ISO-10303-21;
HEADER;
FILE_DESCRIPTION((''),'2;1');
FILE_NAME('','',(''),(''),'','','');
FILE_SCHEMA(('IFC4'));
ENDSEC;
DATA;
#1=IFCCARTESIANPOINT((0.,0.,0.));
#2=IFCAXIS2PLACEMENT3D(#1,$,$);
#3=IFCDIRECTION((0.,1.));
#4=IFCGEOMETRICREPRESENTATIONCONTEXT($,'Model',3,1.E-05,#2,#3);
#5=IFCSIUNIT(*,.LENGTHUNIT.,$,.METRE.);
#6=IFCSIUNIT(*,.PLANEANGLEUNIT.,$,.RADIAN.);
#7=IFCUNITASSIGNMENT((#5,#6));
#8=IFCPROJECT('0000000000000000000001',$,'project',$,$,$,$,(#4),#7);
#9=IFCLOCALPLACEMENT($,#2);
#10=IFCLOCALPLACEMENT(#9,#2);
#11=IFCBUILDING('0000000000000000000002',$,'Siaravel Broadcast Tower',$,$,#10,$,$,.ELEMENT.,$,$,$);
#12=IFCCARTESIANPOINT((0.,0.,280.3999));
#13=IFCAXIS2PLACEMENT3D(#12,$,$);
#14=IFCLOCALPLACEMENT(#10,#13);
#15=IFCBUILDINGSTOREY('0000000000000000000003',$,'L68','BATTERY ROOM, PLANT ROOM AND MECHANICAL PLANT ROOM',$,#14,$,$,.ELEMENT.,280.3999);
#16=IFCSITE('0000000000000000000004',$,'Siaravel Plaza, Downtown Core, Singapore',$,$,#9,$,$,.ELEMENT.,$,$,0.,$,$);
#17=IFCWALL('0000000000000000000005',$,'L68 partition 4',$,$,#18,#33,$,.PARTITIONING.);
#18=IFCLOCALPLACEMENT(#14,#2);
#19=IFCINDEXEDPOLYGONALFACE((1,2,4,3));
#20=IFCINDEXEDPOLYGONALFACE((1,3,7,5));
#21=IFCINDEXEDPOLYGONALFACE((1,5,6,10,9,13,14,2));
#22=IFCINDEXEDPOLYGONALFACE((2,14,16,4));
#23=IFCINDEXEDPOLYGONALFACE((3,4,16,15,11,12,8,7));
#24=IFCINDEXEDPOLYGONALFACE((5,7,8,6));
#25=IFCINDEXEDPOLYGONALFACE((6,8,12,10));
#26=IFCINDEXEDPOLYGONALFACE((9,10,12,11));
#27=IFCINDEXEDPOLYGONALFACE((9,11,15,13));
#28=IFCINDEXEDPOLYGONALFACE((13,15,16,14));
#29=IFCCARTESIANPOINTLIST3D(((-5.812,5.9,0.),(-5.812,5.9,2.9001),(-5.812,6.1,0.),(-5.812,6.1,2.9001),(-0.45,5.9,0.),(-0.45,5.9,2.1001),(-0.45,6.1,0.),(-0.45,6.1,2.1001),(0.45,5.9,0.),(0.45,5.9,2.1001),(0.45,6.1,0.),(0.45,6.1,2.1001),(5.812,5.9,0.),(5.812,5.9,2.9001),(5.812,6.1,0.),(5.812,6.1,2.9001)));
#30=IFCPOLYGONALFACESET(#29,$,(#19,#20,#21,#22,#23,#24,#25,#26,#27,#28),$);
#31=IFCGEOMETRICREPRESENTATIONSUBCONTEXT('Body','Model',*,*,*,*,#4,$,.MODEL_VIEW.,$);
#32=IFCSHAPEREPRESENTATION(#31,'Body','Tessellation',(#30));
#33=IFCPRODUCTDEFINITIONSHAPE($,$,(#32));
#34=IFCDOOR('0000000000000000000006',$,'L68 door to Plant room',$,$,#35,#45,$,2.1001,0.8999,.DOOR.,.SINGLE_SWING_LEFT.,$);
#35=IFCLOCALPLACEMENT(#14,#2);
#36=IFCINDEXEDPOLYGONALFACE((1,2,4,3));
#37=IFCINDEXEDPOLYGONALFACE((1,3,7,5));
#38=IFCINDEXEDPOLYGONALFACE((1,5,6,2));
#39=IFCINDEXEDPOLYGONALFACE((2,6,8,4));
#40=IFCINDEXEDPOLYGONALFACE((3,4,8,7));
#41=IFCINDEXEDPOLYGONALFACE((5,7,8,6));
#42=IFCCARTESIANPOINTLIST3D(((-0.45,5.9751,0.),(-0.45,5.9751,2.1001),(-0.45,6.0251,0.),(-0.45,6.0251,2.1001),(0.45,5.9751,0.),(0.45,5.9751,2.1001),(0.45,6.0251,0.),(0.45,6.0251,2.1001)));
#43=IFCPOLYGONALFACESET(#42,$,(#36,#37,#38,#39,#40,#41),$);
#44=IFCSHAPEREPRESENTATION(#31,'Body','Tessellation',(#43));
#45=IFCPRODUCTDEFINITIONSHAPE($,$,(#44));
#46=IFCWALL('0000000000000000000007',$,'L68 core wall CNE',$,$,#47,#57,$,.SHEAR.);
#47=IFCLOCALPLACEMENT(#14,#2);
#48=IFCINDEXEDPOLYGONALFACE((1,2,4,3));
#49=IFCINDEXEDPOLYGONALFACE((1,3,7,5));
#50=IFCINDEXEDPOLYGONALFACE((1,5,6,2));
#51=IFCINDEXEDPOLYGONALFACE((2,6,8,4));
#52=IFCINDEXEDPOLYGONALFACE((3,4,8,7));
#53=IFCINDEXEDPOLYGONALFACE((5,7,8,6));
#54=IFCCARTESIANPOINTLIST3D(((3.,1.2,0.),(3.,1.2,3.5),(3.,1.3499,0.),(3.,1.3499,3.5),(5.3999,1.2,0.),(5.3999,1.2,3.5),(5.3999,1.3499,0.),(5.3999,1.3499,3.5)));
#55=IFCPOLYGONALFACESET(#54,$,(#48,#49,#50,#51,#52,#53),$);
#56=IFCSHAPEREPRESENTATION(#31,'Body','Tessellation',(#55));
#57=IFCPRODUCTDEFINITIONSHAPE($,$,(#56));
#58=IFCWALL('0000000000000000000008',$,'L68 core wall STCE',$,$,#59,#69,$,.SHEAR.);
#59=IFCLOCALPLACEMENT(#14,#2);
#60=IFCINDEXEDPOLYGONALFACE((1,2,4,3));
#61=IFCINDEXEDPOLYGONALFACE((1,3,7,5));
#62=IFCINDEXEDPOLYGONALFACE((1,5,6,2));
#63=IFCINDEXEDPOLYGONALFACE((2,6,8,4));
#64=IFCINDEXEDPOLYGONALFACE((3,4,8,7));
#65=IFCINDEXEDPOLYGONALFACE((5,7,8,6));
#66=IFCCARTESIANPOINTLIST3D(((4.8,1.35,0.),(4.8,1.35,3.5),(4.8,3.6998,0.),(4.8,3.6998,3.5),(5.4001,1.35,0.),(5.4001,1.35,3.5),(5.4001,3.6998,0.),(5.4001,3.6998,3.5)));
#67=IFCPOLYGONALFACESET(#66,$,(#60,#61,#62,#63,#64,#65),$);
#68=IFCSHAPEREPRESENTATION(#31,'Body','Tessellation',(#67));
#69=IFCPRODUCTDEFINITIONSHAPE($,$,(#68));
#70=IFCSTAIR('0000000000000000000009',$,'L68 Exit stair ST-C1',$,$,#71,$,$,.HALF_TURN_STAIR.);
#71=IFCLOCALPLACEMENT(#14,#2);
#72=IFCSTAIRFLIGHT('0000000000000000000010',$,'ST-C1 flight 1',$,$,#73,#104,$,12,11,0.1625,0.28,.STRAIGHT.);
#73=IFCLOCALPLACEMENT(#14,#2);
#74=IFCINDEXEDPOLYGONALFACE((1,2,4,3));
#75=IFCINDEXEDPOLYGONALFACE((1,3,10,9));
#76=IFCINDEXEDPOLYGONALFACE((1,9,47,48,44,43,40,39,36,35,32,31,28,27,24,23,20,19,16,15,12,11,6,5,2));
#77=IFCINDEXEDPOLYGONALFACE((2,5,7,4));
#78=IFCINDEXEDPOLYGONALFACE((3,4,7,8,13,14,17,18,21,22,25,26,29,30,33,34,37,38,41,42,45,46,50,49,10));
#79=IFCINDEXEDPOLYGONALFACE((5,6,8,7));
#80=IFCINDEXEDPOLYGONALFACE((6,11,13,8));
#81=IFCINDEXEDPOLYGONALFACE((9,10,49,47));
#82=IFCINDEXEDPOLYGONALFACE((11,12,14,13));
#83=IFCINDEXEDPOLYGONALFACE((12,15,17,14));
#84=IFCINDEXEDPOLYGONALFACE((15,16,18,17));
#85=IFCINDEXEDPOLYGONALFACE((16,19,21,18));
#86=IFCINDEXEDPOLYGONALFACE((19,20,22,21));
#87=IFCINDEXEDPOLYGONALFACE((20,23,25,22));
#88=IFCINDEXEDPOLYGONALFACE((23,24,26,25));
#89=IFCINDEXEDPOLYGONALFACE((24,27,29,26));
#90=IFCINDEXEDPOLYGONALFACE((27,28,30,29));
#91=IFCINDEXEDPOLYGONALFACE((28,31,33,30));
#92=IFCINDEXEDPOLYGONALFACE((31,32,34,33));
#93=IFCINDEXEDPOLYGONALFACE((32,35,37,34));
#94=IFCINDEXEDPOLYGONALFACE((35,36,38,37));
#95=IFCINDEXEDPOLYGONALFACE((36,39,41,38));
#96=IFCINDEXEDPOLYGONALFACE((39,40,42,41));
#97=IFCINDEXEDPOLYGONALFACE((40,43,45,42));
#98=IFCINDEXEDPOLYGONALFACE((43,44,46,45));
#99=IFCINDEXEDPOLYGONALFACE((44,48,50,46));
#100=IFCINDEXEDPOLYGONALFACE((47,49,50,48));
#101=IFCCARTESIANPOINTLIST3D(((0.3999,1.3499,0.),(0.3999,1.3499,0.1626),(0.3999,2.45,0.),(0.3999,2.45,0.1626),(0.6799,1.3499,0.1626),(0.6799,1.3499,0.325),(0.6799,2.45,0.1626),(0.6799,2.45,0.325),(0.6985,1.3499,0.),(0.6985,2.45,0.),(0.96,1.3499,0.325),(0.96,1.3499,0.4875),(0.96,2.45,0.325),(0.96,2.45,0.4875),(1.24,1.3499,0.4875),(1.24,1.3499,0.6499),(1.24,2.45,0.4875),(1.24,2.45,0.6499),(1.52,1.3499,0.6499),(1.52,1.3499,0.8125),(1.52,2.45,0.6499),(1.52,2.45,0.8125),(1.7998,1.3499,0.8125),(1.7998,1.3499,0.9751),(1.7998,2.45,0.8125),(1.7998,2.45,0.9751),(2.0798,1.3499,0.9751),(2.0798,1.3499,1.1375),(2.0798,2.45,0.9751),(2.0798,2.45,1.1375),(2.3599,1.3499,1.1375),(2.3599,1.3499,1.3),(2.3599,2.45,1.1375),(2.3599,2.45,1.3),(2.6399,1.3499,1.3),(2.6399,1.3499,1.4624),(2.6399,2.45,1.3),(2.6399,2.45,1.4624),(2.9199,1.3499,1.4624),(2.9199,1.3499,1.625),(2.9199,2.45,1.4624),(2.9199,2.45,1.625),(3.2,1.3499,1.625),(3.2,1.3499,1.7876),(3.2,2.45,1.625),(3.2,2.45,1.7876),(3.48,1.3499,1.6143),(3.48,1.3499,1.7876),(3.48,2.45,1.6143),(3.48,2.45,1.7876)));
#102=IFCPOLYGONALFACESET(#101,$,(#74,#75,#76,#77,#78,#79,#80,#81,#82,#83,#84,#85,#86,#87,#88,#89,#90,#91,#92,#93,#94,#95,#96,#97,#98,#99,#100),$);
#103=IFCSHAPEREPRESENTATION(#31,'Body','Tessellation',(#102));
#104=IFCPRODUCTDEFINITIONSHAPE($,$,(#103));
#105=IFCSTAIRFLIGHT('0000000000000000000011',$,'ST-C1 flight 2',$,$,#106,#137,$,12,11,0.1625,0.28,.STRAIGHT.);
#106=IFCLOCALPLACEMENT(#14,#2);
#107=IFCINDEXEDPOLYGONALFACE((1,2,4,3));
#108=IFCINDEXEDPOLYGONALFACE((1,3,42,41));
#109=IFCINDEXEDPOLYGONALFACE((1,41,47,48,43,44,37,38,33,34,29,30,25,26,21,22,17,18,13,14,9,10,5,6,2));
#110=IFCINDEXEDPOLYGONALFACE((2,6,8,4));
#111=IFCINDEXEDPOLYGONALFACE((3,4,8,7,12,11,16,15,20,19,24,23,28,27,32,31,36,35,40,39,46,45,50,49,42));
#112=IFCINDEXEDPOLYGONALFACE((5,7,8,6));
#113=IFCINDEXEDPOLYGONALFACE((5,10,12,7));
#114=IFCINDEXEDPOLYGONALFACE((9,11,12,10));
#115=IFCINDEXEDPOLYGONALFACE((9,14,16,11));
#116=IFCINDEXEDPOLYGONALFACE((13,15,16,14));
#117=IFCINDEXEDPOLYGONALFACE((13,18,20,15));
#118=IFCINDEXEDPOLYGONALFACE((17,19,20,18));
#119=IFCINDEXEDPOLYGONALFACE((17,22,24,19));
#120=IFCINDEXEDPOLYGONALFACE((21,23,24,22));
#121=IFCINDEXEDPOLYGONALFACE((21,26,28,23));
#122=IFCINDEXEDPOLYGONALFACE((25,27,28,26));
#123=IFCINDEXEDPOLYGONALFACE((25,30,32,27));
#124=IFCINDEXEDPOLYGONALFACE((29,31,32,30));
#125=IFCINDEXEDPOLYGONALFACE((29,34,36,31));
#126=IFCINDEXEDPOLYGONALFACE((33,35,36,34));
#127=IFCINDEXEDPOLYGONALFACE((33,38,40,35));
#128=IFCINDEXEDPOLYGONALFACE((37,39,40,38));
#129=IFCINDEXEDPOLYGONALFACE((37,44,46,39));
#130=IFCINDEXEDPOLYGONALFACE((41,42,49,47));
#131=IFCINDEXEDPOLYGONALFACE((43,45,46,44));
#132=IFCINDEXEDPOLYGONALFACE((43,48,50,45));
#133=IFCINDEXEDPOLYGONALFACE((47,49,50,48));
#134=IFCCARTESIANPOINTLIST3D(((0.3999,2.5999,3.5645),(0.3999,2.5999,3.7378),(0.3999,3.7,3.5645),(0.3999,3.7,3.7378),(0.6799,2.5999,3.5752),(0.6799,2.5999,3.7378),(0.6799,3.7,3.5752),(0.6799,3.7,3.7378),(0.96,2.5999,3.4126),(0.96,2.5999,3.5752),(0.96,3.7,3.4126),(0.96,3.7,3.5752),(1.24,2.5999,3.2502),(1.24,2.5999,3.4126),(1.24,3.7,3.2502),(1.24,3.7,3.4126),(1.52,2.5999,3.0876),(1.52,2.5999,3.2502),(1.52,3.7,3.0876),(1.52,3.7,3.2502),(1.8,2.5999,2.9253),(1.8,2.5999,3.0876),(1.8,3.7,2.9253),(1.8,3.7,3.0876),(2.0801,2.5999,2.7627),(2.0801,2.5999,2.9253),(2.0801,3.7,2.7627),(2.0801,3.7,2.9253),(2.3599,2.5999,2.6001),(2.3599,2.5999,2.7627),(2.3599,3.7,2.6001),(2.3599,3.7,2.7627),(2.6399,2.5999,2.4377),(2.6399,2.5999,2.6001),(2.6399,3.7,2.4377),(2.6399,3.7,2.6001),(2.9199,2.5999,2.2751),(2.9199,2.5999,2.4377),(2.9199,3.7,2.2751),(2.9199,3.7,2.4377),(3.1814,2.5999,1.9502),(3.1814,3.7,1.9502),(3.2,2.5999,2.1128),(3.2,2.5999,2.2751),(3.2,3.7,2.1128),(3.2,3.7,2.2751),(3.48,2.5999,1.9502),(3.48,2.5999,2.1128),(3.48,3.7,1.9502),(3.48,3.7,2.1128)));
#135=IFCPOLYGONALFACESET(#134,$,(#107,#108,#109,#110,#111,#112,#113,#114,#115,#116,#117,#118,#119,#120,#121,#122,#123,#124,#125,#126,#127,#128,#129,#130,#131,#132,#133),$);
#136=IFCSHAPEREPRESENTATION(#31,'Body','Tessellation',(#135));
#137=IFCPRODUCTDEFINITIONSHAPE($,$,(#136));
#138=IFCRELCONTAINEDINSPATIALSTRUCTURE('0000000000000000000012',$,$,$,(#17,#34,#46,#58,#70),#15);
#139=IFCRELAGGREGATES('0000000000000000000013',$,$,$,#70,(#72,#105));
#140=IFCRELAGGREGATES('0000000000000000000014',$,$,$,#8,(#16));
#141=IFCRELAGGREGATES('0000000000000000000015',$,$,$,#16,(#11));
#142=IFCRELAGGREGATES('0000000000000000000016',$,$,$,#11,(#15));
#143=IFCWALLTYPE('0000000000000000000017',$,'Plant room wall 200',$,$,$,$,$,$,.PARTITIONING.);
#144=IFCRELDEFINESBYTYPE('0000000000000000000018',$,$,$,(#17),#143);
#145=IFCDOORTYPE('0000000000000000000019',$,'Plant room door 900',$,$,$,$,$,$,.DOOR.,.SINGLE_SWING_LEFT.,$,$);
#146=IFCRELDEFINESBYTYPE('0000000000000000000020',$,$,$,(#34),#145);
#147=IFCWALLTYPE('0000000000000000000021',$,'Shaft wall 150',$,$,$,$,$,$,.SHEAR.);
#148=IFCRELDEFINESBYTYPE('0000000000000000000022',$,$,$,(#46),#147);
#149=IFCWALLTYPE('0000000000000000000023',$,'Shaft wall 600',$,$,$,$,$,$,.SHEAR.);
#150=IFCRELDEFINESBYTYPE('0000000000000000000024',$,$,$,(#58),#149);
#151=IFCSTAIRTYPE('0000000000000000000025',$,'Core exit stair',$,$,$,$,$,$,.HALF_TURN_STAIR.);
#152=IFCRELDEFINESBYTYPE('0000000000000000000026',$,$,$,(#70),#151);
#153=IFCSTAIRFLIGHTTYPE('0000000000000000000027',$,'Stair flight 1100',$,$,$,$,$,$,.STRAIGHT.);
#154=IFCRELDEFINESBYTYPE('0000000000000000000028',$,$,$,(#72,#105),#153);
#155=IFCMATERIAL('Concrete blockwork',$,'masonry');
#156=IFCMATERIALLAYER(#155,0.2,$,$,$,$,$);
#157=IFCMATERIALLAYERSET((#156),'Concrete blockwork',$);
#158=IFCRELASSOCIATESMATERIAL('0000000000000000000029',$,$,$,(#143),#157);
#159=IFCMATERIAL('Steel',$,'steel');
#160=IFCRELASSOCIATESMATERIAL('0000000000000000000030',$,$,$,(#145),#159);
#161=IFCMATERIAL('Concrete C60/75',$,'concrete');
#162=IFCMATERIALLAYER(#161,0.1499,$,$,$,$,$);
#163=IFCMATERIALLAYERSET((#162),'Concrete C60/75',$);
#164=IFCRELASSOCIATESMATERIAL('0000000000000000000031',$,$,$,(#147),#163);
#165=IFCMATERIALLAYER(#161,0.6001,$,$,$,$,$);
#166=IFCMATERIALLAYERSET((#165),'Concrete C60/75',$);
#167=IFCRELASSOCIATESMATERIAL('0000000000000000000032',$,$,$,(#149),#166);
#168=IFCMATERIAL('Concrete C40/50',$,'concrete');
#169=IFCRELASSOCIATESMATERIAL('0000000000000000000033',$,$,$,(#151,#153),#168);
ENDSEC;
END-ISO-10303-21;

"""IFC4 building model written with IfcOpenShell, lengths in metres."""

from ifc_helpers import new_model, si_unit, direction, frame, frame_2d, origin, place, context, subcontext, project, spatial, polyline, rectangle, outline, extrude, material, layer, layer_set, type_object, element, fill, aggregate, save


model = new_model("IFC4")

# Units and contexts
model_context = context("Model", 3, precision=1e-05, world=origin(), true_north=direction((0.0, 1.0)))
body_context = subcontext(model_context, "Body", "Model", "MODEL_VIEW")
ifc_project = project(units=[si_unit("LENGTHUNIT", "METRE"), si_unit("PLANEANGLEUNIT", "RADIAN")], contexts=[model_context])

# Site, building, storey
site_placement = place(None, origin())
site = spatial("IfcSite", under=ifc_project, at=site_placement, Name="Siaravel Plaza, Downtown Core, Singapore", CompositionType="ELEMENT", RefElevation=0.0)
building_placement = place(site_placement, origin())
building = spatial("IfcBuilding", under=site, at=building_placement, Name="Siaravel Broadcast Tower", CompositionType="ELEMENT")
storey_placement = place(building_placement, frame((0.0, 0.0, 280.3999)))
storey = spatial("IfcBuildingStorey", under=building, at=storey_placement, Name="L68", Description="BATTERY ROOM, PLANT ROOM AND MECHANICAL PLANT ROOM", CompositionType="ELEMENT", Elevation=280.3999)

# Wall, opening, door
ifc_material_1 = material(Name="Concrete blockwork", Category="masonry")
ifc_layer_1 = layer(ifc_material_1, 0.2)
ifc_layer_set_1 = layer_set([ifc_layer_1], Name="Concrete blockwork")
wall_type_1 = type_object("IfcWallType", Name="Plant room wall 200", PredefinedType="PARTITIONING", material=ifc_layer_set_1)
wall_1_placement = place(storey_placement, frame((5.812, 6.0, 0.0), z_axis=(0.0, 0.0, 1.0), x_axis=(-1.0, 0.0, 0.0)))
wall_1 = element("IfcWall", 1, at=wall_1_placement, inside=storey, type_object=wall_type_1, Name="L68 partition 4", PredefinedType="PARTITIONING", context=body_context, shape_type="SweptSolid", body=[
    extrude(rectangle(XDim=11.624, YDim=0.2, at=frame_2d((5.812, 0.0))), origin(), (0.0, 0.0, 1.0), 2.9001),
])
opening_placement = place(wall_1_placement, frame((5.3621, 0.0, 0.0)))
opening = element("IfcOpeningElement", 2, at=opening_placement, cuts=wall_1, PredefinedType="OPENING", context=body_context, shape_type="SweptSolid", body=[
    extrude(rectangle(XDim=0.8999, YDim=2.1001, at=frame_2d((0.45, 1.05))), frame((0.0, 0.1099, 0.0), z_axis=(0.0, -1.0, 0.0), x_axis=(1.0, 0.0, 0.0)), (0.0, 0.0, 1.0), 0.22),
])
ifc_material_2 = material(Name="Steel", Category="steel")
door_type = type_object("IfcDoorType", Name="Plant room door 900", OperationType="SINGLE_SWING_LEFT", PredefinedType="DOOR", material=ifc_material_2)
door_placement = place(opening_placement, origin())
door = element("IfcDoor", 3, at=door_placement, inside=storey, type_object=door_type, Name="L68 door to Plant room", OperationType="SINGLE_SWING_LEFT", OverallHeight=2.1001, OverallWidth=0.8999, PredefinedType="DOOR", context=body_context, shape_type="SweptSolid", body=[
    extrude(rectangle(XDim=0.8999, YDim=2.1001, at=frame_2d((0.45, 1.05))), frame((0.0, 0.0249, 0.0), z_axis=(0.0, -1.0, 0.0), x_axis=(1.0, 0.0, 0.0)), (0.0, 0.0, 1.0), 0.05),
])
fill(opening, door)

# Walls
ifc_material_3 = material(Name="Concrete C60/75", Category="concrete")
ifc_layer_2 = layer(ifc_material_3, 0.1499)
ifc_layer_set_2 = layer_set([ifc_layer_2], Name="Concrete C60/75")
wall_type_2 = type_object("IfcWallType", Name="Shaft wall 150", PredefinedType="SHEAR", material=ifc_layer_set_2)
wall_2_placement = place(storey_placement, frame((3.0, 1.2749, 0.0), z_axis=(0.0, 0.0, 1.0), x_axis=(1.0, 0.0, 0.0)))
element("IfcWall", 4, at=wall_2_placement, inside=storey, type_object=wall_type_2, Name="L68 core wall CNE", PredefinedType="SHEAR", context=body_context, shape_type="SweptSolid", body=[
    extrude(rectangle(XDim=2.3999, YDim=0.1499, at=frame_2d((1.2, 0.0))), origin(), (0.0, 0.0, 1.0), 3.5),
])
ifc_layer_3 = layer(ifc_material_3, 0.6001)
ifc_layer_set_3 = layer_set([ifc_layer_3], Name="Concrete C60/75")
wall_type_3 = type_object("IfcWallType", Name="Shaft wall 600", PredefinedType="SHEAR", material=ifc_layer_set_3)
wall_3_placement = place(storey_placement, frame((5.1001, 1.3501, 0.0), z_axis=(0.0, 0.0, 1.0), x_axis=(0.0, 1.0, 0.0)))
element("IfcWall", 5, at=wall_3_placement, inside=storey, type_object=wall_type_3, Name="L68 core wall STCE", PredefinedType="SHEAR", context=body_context, shape_type="SweptSolid", body=[
    extrude(rectangle(XDim=2.3499, YDim=0.6001, at=frame_2d((1.1748, 0.0))), origin(), (0.0, 0.0, 1.0), 3.5),
])

# Stair, stair flights
ifc_material_4 = material(Name="Concrete C40/50", Category="concrete")
stair_type = type_object("IfcStairType", Name="Core exit stair", PredefinedType="HALF_TURN_STAIR", material=ifc_material_4)
stair_placement = place(storey_placement, origin())
stair = element("IfcStair", 6, at=stair_placement, inside=storey, type_object=stair_type, Name="L68 Exit stair ST-C1", PredefinedType="HALF_TURN_STAIR")
stair_flight_type = type_object("IfcStairFlightType", Name="Stair flight 1100", PredefinedType="STRAIGHT", material=ifc_material_4)
stair_flight_1_placement = place(storey_placement, frame((0.3999, 1.8999, 0.0), z_axis=(0.0, 0.0, 1.0), x_axis=(1.0, 0.0, 0.0)))
stair_flight_1 = element("IfcStairFlight", 7, at=stair_flight_1_placement, type_object=stair_flight_type, Name="ST-C1 flight 1", NumberOfRisers=12, NumberOfTreads=11, PredefinedType="STRAIGHT", RiserHeight=0.1625, TreadLength=0.28, context=body_context, shape_type="SweptSolid", body=[
    extrude(outline(polyline([(0.0, 0.0), (0.0, 0.1626), (0.28, 0.1626), (0.28, 0.325), (0.5601, 0.325), (0.5601, 0.4875), (0.8401, 0.4875), (0.8401, 0.6499), (1.1201, 0.6499), (1.1201, 0.8125), (1.3999, 0.8125), (1.3999, 0.9751), (1.6799, 0.9751), (1.6799, 1.1375), (1.96, 1.1375), (1.96, 1.3), (2.24, 1.3), (2.24, 1.4624), (2.52, 1.4624), (2.52, 1.625), (2.8, 1.625), (2.8, 1.7876), (3.0801, 1.7876), (3.0801, 1.95), (3.0801, 1.6143), (0.2986, 0.0), (0.0, 0.0)])), frame((0.0, 0.55, 0.0), z_axis=(0.0, -1.0, 0.0), x_axis=(1.0, 0.0, 0.0)), (0.0, 0.0, 1.0), 1.1001),
])
stair_flight_2_placement = place(storey_placement, frame((3.48, 3.1499, 1.9502), z_axis=(0.0, 0.0, 1.0), x_axis=(-1.0, 0.0, 0.0)))
stair_flight_2 = element("IfcStairFlight", 8, at=stair_flight_2_placement, type_object=stair_flight_type, Name="ST-C1 flight 2", NumberOfRisers=12, NumberOfTreads=11, PredefinedType="STRAIGHT", RiserHeight=0.1625, TreadLength=0.28, context=body_context, shape_type="SweptSolid", body=[
    extrude(outline(polyline([(0.0, 0.0), (0.0, 0.1626), (0.28, 0.1626), (0.28, 0.325), (0.5601, 0.325), (0.5601, 0.4875), (0.8401, 0.4875), (0.8401, 0.6499), (1.1201, 0.6499), (1.1201, 0.8125), (1.3999, 0.8125), (1.3999, 0.9751), (1.6799, 0.9751), (1.6799, 1.1375), (1.96, 1.1375), (1.96, 1.3), (2.24, 1.3), (2.24, 1.4624), (2.52, 1.4624), (2.52, 1.625), (2.8, 1.625), (2.8, 1.7876), (3.0801, 1.7876), (3.0801, 1.95), (3.0801, 1.6143), (0.2986, 0.0), (0.0, 0.0)])), frame((0.0, 0.55, 0.0), z_axis=(0.0, -1.0, 0.0), x_axis=(1.0, 0.0, 0.0)), (0.0, 0.0, 1.0), 1.1001),
])
aggregate(stair, [stair_flight_1, stair_flight_2])

save(model, "model.ifc")
